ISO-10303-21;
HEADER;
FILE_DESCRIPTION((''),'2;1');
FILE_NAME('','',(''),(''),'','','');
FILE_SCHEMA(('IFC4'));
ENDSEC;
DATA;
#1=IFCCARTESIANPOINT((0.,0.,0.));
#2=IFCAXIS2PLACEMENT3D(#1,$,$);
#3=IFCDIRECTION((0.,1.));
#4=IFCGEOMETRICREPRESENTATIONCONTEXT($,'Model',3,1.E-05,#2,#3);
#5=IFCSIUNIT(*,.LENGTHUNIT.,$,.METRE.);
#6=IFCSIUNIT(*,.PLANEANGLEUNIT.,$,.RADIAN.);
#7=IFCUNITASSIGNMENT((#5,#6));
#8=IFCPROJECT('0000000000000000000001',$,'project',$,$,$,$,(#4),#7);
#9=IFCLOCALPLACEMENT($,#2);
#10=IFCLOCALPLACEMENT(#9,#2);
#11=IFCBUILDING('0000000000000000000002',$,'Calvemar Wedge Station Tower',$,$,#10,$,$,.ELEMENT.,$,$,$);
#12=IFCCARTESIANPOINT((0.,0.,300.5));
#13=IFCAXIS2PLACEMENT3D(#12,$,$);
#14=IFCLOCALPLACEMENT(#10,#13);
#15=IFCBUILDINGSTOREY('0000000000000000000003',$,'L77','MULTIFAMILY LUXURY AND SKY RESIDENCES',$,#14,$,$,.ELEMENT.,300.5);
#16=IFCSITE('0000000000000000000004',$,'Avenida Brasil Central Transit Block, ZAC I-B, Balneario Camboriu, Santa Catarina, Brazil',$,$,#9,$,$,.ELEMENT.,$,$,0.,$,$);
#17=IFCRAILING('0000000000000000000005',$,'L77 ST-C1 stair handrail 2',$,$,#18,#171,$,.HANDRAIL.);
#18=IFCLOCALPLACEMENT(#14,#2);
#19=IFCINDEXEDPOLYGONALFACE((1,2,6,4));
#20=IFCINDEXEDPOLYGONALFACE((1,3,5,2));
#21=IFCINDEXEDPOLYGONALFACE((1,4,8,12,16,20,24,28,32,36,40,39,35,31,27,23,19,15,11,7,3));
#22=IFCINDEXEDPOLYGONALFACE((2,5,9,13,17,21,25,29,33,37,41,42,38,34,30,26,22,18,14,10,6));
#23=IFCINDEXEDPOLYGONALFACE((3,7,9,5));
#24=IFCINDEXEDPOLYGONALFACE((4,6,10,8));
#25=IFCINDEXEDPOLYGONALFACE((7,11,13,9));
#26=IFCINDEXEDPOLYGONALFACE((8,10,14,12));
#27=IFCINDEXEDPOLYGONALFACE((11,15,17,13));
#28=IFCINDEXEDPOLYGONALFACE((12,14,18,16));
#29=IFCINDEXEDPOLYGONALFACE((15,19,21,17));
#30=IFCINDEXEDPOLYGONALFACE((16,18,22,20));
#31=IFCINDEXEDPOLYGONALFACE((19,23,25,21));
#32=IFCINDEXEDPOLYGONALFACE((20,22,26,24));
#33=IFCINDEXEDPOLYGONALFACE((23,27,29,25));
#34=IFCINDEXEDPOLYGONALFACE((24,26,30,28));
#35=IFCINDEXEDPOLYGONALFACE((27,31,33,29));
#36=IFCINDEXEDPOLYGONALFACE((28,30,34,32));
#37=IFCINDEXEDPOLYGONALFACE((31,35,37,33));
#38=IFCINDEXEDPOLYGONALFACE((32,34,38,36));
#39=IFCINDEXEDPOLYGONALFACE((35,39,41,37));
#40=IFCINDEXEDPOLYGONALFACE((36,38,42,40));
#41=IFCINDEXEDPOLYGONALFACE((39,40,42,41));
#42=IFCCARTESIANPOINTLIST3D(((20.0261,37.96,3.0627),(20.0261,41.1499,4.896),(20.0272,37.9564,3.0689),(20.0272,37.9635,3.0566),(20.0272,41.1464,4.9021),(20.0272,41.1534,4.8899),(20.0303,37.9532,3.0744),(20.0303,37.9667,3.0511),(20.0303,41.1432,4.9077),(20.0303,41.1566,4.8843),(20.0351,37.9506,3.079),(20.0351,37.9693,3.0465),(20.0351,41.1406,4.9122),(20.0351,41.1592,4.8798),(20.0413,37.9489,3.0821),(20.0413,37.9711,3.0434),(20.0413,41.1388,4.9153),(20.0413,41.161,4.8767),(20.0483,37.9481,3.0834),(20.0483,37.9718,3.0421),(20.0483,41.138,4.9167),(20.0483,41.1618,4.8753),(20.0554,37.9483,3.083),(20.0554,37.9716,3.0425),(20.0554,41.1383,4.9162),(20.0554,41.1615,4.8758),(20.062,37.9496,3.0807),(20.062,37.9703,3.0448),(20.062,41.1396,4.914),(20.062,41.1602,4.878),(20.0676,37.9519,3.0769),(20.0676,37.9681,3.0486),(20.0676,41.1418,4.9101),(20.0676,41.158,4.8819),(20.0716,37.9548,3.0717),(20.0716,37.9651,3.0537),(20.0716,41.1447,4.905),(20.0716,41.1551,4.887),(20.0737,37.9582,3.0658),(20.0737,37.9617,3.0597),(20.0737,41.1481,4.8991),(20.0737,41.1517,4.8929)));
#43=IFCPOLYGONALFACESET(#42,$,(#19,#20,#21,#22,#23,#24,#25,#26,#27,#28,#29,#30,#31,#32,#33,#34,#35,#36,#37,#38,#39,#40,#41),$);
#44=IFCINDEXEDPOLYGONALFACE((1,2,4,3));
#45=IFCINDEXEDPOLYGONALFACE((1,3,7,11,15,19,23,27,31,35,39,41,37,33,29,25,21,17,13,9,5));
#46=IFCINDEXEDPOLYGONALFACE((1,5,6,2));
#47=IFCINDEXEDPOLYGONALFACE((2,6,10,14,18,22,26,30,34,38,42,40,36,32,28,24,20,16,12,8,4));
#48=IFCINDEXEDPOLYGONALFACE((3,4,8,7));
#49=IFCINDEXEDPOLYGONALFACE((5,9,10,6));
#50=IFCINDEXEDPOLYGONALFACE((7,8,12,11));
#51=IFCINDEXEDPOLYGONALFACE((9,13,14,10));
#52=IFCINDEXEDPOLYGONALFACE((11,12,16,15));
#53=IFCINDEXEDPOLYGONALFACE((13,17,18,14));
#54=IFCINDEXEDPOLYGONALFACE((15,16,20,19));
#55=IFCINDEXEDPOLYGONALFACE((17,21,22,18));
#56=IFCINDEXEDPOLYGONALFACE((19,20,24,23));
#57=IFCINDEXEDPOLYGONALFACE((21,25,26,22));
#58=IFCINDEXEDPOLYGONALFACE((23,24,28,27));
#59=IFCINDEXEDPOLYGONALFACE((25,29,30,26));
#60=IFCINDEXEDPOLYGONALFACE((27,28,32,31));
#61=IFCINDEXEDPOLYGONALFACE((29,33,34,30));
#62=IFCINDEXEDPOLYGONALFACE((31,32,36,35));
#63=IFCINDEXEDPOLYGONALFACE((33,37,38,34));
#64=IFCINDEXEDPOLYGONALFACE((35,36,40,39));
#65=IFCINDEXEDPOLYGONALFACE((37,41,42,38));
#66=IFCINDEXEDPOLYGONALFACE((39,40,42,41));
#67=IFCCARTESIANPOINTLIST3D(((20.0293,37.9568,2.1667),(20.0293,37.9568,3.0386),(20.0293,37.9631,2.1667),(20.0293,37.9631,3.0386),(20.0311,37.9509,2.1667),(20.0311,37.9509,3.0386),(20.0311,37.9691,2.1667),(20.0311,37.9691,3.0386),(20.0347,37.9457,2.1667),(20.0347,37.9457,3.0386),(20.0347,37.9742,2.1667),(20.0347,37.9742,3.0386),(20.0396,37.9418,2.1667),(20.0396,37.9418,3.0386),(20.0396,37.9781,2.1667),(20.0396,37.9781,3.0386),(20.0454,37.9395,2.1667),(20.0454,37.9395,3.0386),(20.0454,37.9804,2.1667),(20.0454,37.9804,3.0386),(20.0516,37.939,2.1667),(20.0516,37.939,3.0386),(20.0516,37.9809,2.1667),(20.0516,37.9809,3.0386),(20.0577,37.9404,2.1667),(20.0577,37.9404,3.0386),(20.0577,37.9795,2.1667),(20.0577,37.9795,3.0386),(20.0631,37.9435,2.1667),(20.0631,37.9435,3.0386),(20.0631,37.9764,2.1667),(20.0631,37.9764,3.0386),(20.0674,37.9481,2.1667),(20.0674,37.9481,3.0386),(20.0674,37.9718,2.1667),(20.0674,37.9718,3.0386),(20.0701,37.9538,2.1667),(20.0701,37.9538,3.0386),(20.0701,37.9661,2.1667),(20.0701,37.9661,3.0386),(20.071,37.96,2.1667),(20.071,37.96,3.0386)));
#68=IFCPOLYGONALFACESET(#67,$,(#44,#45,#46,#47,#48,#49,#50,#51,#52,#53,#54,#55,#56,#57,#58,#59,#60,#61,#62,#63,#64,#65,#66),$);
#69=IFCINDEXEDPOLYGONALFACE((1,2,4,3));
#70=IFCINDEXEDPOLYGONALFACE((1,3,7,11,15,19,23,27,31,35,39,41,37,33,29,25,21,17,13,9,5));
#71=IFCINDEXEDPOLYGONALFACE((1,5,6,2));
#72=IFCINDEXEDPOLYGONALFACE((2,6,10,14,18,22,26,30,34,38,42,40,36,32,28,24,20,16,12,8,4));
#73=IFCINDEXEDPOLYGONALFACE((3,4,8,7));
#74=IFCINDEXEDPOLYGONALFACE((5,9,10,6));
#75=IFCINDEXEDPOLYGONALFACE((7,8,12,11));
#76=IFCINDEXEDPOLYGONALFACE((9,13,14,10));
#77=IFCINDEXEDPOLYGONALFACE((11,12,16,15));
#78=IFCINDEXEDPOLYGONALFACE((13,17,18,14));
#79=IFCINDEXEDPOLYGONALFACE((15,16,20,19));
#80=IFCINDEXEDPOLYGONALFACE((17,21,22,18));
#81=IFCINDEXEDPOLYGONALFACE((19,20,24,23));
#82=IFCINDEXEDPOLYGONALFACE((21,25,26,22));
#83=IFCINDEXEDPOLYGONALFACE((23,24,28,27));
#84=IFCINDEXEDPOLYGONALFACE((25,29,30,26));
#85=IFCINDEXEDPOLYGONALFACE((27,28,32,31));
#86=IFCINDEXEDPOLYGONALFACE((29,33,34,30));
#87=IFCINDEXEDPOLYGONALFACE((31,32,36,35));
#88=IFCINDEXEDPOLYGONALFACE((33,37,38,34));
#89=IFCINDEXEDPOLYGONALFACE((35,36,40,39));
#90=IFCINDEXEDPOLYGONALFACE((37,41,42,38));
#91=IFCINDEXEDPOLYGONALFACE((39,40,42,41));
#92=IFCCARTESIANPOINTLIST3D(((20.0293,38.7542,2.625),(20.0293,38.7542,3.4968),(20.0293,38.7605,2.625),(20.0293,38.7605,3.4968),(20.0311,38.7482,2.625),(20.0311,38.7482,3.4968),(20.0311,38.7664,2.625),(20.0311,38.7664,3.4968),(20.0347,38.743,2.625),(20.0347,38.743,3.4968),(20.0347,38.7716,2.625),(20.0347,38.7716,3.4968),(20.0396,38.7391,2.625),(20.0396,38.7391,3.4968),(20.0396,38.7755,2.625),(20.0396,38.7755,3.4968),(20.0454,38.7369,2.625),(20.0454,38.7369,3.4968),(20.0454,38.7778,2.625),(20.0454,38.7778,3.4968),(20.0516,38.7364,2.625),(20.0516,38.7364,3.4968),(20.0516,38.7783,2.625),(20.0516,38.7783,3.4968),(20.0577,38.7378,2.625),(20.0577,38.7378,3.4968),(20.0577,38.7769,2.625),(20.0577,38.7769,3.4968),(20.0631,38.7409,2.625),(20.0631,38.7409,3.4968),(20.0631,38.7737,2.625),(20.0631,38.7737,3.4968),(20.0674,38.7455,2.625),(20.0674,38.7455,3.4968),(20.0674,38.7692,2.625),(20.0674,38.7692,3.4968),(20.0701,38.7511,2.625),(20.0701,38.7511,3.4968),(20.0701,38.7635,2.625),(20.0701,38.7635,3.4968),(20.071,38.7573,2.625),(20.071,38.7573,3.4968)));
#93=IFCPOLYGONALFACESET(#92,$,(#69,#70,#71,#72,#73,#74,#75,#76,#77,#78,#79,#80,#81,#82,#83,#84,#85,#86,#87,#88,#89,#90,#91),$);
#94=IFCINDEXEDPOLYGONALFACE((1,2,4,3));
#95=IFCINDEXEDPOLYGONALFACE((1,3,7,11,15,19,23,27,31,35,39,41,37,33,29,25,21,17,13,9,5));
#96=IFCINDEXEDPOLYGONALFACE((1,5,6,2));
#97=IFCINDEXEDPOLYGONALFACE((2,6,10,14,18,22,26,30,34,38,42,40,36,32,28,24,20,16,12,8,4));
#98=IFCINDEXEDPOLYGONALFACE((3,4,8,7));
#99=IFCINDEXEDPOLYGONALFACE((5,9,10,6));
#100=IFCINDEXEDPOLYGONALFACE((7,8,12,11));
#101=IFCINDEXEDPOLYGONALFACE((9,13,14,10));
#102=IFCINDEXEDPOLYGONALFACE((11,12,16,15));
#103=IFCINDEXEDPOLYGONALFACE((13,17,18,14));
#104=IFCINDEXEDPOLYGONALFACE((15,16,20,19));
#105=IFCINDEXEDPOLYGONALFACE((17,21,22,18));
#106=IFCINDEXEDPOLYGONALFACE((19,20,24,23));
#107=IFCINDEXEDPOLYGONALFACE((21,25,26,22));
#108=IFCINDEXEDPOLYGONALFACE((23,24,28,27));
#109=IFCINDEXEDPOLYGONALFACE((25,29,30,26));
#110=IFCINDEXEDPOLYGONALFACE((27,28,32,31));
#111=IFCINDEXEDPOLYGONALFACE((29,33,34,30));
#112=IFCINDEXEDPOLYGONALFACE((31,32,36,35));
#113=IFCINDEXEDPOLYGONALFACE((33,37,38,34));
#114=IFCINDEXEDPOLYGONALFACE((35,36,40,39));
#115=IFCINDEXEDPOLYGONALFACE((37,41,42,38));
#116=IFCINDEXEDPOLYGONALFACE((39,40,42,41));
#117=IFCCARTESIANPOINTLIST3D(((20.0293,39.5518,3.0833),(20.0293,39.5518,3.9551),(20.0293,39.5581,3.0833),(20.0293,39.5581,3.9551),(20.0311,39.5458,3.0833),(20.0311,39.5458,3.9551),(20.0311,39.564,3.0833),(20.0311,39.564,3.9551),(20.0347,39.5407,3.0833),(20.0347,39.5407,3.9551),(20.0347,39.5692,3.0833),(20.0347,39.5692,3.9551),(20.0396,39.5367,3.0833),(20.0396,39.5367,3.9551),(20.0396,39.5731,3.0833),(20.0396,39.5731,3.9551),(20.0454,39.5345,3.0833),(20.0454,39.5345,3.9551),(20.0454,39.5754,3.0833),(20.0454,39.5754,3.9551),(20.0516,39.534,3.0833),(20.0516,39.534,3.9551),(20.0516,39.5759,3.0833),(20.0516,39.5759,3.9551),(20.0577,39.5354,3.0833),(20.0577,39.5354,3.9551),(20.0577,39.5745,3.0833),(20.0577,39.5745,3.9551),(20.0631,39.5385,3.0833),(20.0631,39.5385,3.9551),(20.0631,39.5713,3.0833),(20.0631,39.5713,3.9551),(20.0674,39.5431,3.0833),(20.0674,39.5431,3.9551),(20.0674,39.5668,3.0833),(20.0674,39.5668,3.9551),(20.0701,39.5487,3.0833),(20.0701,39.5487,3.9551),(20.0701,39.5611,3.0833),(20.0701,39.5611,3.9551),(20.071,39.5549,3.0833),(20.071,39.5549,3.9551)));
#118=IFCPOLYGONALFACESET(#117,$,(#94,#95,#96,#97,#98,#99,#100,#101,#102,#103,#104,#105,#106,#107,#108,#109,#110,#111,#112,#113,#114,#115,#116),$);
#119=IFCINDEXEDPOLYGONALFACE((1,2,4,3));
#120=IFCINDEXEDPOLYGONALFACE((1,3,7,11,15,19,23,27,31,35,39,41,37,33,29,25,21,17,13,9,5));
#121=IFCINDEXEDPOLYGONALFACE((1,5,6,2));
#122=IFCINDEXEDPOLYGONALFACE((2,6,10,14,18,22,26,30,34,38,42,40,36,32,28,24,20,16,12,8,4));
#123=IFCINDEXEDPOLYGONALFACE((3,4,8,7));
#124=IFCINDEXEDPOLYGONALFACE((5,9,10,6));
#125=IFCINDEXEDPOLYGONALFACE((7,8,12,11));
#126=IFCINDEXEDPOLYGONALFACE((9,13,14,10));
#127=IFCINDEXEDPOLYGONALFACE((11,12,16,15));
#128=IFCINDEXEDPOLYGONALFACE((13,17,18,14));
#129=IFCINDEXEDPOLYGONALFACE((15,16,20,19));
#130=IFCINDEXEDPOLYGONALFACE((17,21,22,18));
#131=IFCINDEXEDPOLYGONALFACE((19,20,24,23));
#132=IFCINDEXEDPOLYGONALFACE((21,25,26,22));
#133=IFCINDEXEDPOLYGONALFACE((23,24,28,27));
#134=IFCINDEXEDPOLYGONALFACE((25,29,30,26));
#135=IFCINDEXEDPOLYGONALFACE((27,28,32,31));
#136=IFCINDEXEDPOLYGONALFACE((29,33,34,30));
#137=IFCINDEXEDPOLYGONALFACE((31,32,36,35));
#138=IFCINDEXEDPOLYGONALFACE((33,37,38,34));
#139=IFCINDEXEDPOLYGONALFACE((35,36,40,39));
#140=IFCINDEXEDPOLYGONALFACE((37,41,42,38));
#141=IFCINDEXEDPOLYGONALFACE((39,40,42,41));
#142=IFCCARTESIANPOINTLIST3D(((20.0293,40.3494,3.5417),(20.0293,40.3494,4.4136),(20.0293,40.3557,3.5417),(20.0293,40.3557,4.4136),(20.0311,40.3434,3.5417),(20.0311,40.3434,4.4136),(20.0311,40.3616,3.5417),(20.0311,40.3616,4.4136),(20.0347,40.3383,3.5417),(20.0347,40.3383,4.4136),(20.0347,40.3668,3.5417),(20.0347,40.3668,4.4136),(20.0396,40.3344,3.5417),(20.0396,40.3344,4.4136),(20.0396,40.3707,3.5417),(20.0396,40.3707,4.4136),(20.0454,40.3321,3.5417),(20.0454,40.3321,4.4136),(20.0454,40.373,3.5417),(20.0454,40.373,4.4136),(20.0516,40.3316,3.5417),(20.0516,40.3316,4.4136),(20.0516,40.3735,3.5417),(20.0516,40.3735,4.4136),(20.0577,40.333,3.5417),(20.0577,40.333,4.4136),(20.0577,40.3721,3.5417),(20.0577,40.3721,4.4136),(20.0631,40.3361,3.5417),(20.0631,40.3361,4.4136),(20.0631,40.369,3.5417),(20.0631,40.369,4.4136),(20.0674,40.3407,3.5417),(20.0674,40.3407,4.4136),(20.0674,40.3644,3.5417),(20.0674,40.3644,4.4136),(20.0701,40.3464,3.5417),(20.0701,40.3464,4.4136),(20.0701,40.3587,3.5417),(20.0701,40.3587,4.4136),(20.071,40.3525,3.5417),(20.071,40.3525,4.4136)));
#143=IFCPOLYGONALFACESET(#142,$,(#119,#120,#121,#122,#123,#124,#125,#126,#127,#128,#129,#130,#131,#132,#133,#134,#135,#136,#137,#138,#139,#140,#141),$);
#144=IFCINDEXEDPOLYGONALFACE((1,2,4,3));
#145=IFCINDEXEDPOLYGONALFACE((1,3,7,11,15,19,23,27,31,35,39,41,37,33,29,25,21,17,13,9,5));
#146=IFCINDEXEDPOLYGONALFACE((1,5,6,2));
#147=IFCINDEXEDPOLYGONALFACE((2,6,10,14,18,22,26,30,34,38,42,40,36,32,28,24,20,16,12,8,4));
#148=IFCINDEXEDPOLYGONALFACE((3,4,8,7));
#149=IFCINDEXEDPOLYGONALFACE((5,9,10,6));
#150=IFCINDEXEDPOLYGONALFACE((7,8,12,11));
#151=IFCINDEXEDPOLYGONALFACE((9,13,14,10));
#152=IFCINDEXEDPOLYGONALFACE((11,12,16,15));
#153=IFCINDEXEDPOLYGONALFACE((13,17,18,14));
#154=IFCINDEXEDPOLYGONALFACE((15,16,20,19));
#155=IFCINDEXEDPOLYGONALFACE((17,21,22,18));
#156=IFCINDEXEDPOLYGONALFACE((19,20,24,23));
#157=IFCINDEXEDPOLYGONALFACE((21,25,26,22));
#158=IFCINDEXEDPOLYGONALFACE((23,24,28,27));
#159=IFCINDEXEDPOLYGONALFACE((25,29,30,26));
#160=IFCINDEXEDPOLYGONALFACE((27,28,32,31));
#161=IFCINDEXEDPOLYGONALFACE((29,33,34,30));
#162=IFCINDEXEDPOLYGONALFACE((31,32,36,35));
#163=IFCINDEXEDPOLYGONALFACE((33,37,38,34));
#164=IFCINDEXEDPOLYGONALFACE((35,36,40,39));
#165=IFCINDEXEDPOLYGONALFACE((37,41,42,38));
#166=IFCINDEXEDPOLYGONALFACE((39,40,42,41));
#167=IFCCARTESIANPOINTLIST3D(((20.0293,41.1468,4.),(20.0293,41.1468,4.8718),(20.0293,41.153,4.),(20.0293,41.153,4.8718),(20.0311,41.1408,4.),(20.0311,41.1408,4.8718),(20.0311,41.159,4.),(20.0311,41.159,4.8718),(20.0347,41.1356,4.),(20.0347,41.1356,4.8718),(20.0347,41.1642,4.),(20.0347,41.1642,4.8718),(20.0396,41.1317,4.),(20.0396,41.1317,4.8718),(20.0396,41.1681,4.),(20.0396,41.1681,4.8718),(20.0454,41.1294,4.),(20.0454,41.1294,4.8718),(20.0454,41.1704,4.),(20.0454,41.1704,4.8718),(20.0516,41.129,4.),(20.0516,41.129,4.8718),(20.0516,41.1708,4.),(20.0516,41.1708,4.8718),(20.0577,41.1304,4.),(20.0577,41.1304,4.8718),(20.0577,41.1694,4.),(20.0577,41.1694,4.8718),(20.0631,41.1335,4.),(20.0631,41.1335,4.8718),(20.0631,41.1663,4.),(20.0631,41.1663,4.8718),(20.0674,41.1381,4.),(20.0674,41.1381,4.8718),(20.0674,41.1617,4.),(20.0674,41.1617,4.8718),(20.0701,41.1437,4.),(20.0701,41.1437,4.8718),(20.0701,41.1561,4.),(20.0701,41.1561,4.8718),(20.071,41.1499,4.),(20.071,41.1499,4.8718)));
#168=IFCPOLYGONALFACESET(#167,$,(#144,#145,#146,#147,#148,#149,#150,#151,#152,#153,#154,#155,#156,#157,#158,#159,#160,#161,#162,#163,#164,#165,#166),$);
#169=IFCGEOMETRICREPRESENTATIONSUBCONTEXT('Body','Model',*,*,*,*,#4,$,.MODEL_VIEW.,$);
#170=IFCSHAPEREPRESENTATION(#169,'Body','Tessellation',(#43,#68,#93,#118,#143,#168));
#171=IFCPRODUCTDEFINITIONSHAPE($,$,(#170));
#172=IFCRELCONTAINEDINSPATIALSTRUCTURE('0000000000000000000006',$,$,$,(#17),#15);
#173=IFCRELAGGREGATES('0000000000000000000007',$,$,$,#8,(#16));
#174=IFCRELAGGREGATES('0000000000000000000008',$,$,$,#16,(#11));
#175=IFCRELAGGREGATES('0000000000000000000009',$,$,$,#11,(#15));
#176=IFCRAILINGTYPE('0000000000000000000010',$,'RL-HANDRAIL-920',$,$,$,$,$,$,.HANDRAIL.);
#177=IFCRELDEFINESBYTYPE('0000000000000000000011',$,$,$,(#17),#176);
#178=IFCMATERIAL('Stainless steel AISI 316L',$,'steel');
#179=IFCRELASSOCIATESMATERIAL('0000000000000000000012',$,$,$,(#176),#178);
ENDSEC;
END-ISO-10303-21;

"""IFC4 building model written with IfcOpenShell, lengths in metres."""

from ifc_helpers import new_model, si_unit, direction, frame, origin, origin_2d, place, context, subcontext, project, spatial, circle, extrude, material, type_object, element, save


model = new_model("IFC4")

# Units and contexts
model_context = context("Model", 3, precision=1e-05, world=origin(), true_north=direction((0.0, 1.0)))
body_context = subcontext(model_context, "Body", "Model", "MODEL_VIEW")
ifc_project = project(units=[si_unit("LENGTHUNIT", "METRE"), si_unit("PLANEANGLEUNIT", "RADIAN")], contexts=[model_context])

# Site, building, storey
site_placement = place(None, origin())
site = spatial("IfcSite", under=ifc_project, at=site_placement, Name="Avenida Brasil Central Transit Block, ZAC I-B, Balneario Camboriu, Santa Catarina, Brazil", CompositionType="ELEMENT", RefElevation=0.0)
building_placement = place(site_placement, origin())
building = spatial("IfcBuilding", under=site, at=building_placement, Name="Calvemar Wedge Station Tower", CompositionType="ELEMENT")
storey_placement = place(building_placement, frame((0.0, 0.0, 300.5)))
storey = spatial("IfcBuildingStorey", under=building, at=storey_placement, Name="L77", Description="MULTIFAMILY LUXURY AND SKY RESIDENCES", CompositionType="ELEMENT", Elevation=300.5)

# Railing
ifc_material_1 = material(Name="Stainless steel AISI 316L", Category="steel")
railing_type_1 = type_object("IfcRailingType", Name="RL-HANDRAIL-920", PredefinedType="HANDRAIL", material=ifc_material_1)
railing_1_placement = place(storey_placement, frame((20.05, 37.96, 2.1667)))
element("IfcRailing", 1, at=railing_1_placement, inside=storey, type_object=railing_type_1, Name="L77 ST-C1 stair handrail 2", PredefinedType="HANDRAIL", context=body_context, shape_type="SweptSolid", body=[
    extrude(circle(Radius=0.0239, at=origin_2d()), frame((0.0, 0.0, 0.896), z_axis=(0.0, 0.86702, 0.498274), x_axis=(-1.0, 0.0, 0.0)), (0.0, 0.0, 1.0), 3.6792),
    extrude(circle(Radius=0.021, at=origin_2d()), origin(), (0.0, 0.0, 1.0), 0.8718),
    extrude(circle(Radius=0.021, at=origin_2d()), frame((0.0, 0.7974, 0.4583)), (0.0, 0.0, 1.0), 0.8718),
    extrude(circle(Radius=0.021, at=origin_2d()), frame((0.0, 1.595, 0.9165)), (0.0, 0.0, 1.0), 0.8718),
    extrude(circle(Radius=0.021, at=origin_2d()), frame((0.0, 2.3926, 1.375)), (0.0, 0.0, 1.0), 0.8718),
    extrude(circle(Radius=0.021, at=origin_2d()), frame((0.0, 3.1899, 1.8333)), (0.0, 0.0, 1.0), 0.8718),
])

save(model, "model.ifc")
